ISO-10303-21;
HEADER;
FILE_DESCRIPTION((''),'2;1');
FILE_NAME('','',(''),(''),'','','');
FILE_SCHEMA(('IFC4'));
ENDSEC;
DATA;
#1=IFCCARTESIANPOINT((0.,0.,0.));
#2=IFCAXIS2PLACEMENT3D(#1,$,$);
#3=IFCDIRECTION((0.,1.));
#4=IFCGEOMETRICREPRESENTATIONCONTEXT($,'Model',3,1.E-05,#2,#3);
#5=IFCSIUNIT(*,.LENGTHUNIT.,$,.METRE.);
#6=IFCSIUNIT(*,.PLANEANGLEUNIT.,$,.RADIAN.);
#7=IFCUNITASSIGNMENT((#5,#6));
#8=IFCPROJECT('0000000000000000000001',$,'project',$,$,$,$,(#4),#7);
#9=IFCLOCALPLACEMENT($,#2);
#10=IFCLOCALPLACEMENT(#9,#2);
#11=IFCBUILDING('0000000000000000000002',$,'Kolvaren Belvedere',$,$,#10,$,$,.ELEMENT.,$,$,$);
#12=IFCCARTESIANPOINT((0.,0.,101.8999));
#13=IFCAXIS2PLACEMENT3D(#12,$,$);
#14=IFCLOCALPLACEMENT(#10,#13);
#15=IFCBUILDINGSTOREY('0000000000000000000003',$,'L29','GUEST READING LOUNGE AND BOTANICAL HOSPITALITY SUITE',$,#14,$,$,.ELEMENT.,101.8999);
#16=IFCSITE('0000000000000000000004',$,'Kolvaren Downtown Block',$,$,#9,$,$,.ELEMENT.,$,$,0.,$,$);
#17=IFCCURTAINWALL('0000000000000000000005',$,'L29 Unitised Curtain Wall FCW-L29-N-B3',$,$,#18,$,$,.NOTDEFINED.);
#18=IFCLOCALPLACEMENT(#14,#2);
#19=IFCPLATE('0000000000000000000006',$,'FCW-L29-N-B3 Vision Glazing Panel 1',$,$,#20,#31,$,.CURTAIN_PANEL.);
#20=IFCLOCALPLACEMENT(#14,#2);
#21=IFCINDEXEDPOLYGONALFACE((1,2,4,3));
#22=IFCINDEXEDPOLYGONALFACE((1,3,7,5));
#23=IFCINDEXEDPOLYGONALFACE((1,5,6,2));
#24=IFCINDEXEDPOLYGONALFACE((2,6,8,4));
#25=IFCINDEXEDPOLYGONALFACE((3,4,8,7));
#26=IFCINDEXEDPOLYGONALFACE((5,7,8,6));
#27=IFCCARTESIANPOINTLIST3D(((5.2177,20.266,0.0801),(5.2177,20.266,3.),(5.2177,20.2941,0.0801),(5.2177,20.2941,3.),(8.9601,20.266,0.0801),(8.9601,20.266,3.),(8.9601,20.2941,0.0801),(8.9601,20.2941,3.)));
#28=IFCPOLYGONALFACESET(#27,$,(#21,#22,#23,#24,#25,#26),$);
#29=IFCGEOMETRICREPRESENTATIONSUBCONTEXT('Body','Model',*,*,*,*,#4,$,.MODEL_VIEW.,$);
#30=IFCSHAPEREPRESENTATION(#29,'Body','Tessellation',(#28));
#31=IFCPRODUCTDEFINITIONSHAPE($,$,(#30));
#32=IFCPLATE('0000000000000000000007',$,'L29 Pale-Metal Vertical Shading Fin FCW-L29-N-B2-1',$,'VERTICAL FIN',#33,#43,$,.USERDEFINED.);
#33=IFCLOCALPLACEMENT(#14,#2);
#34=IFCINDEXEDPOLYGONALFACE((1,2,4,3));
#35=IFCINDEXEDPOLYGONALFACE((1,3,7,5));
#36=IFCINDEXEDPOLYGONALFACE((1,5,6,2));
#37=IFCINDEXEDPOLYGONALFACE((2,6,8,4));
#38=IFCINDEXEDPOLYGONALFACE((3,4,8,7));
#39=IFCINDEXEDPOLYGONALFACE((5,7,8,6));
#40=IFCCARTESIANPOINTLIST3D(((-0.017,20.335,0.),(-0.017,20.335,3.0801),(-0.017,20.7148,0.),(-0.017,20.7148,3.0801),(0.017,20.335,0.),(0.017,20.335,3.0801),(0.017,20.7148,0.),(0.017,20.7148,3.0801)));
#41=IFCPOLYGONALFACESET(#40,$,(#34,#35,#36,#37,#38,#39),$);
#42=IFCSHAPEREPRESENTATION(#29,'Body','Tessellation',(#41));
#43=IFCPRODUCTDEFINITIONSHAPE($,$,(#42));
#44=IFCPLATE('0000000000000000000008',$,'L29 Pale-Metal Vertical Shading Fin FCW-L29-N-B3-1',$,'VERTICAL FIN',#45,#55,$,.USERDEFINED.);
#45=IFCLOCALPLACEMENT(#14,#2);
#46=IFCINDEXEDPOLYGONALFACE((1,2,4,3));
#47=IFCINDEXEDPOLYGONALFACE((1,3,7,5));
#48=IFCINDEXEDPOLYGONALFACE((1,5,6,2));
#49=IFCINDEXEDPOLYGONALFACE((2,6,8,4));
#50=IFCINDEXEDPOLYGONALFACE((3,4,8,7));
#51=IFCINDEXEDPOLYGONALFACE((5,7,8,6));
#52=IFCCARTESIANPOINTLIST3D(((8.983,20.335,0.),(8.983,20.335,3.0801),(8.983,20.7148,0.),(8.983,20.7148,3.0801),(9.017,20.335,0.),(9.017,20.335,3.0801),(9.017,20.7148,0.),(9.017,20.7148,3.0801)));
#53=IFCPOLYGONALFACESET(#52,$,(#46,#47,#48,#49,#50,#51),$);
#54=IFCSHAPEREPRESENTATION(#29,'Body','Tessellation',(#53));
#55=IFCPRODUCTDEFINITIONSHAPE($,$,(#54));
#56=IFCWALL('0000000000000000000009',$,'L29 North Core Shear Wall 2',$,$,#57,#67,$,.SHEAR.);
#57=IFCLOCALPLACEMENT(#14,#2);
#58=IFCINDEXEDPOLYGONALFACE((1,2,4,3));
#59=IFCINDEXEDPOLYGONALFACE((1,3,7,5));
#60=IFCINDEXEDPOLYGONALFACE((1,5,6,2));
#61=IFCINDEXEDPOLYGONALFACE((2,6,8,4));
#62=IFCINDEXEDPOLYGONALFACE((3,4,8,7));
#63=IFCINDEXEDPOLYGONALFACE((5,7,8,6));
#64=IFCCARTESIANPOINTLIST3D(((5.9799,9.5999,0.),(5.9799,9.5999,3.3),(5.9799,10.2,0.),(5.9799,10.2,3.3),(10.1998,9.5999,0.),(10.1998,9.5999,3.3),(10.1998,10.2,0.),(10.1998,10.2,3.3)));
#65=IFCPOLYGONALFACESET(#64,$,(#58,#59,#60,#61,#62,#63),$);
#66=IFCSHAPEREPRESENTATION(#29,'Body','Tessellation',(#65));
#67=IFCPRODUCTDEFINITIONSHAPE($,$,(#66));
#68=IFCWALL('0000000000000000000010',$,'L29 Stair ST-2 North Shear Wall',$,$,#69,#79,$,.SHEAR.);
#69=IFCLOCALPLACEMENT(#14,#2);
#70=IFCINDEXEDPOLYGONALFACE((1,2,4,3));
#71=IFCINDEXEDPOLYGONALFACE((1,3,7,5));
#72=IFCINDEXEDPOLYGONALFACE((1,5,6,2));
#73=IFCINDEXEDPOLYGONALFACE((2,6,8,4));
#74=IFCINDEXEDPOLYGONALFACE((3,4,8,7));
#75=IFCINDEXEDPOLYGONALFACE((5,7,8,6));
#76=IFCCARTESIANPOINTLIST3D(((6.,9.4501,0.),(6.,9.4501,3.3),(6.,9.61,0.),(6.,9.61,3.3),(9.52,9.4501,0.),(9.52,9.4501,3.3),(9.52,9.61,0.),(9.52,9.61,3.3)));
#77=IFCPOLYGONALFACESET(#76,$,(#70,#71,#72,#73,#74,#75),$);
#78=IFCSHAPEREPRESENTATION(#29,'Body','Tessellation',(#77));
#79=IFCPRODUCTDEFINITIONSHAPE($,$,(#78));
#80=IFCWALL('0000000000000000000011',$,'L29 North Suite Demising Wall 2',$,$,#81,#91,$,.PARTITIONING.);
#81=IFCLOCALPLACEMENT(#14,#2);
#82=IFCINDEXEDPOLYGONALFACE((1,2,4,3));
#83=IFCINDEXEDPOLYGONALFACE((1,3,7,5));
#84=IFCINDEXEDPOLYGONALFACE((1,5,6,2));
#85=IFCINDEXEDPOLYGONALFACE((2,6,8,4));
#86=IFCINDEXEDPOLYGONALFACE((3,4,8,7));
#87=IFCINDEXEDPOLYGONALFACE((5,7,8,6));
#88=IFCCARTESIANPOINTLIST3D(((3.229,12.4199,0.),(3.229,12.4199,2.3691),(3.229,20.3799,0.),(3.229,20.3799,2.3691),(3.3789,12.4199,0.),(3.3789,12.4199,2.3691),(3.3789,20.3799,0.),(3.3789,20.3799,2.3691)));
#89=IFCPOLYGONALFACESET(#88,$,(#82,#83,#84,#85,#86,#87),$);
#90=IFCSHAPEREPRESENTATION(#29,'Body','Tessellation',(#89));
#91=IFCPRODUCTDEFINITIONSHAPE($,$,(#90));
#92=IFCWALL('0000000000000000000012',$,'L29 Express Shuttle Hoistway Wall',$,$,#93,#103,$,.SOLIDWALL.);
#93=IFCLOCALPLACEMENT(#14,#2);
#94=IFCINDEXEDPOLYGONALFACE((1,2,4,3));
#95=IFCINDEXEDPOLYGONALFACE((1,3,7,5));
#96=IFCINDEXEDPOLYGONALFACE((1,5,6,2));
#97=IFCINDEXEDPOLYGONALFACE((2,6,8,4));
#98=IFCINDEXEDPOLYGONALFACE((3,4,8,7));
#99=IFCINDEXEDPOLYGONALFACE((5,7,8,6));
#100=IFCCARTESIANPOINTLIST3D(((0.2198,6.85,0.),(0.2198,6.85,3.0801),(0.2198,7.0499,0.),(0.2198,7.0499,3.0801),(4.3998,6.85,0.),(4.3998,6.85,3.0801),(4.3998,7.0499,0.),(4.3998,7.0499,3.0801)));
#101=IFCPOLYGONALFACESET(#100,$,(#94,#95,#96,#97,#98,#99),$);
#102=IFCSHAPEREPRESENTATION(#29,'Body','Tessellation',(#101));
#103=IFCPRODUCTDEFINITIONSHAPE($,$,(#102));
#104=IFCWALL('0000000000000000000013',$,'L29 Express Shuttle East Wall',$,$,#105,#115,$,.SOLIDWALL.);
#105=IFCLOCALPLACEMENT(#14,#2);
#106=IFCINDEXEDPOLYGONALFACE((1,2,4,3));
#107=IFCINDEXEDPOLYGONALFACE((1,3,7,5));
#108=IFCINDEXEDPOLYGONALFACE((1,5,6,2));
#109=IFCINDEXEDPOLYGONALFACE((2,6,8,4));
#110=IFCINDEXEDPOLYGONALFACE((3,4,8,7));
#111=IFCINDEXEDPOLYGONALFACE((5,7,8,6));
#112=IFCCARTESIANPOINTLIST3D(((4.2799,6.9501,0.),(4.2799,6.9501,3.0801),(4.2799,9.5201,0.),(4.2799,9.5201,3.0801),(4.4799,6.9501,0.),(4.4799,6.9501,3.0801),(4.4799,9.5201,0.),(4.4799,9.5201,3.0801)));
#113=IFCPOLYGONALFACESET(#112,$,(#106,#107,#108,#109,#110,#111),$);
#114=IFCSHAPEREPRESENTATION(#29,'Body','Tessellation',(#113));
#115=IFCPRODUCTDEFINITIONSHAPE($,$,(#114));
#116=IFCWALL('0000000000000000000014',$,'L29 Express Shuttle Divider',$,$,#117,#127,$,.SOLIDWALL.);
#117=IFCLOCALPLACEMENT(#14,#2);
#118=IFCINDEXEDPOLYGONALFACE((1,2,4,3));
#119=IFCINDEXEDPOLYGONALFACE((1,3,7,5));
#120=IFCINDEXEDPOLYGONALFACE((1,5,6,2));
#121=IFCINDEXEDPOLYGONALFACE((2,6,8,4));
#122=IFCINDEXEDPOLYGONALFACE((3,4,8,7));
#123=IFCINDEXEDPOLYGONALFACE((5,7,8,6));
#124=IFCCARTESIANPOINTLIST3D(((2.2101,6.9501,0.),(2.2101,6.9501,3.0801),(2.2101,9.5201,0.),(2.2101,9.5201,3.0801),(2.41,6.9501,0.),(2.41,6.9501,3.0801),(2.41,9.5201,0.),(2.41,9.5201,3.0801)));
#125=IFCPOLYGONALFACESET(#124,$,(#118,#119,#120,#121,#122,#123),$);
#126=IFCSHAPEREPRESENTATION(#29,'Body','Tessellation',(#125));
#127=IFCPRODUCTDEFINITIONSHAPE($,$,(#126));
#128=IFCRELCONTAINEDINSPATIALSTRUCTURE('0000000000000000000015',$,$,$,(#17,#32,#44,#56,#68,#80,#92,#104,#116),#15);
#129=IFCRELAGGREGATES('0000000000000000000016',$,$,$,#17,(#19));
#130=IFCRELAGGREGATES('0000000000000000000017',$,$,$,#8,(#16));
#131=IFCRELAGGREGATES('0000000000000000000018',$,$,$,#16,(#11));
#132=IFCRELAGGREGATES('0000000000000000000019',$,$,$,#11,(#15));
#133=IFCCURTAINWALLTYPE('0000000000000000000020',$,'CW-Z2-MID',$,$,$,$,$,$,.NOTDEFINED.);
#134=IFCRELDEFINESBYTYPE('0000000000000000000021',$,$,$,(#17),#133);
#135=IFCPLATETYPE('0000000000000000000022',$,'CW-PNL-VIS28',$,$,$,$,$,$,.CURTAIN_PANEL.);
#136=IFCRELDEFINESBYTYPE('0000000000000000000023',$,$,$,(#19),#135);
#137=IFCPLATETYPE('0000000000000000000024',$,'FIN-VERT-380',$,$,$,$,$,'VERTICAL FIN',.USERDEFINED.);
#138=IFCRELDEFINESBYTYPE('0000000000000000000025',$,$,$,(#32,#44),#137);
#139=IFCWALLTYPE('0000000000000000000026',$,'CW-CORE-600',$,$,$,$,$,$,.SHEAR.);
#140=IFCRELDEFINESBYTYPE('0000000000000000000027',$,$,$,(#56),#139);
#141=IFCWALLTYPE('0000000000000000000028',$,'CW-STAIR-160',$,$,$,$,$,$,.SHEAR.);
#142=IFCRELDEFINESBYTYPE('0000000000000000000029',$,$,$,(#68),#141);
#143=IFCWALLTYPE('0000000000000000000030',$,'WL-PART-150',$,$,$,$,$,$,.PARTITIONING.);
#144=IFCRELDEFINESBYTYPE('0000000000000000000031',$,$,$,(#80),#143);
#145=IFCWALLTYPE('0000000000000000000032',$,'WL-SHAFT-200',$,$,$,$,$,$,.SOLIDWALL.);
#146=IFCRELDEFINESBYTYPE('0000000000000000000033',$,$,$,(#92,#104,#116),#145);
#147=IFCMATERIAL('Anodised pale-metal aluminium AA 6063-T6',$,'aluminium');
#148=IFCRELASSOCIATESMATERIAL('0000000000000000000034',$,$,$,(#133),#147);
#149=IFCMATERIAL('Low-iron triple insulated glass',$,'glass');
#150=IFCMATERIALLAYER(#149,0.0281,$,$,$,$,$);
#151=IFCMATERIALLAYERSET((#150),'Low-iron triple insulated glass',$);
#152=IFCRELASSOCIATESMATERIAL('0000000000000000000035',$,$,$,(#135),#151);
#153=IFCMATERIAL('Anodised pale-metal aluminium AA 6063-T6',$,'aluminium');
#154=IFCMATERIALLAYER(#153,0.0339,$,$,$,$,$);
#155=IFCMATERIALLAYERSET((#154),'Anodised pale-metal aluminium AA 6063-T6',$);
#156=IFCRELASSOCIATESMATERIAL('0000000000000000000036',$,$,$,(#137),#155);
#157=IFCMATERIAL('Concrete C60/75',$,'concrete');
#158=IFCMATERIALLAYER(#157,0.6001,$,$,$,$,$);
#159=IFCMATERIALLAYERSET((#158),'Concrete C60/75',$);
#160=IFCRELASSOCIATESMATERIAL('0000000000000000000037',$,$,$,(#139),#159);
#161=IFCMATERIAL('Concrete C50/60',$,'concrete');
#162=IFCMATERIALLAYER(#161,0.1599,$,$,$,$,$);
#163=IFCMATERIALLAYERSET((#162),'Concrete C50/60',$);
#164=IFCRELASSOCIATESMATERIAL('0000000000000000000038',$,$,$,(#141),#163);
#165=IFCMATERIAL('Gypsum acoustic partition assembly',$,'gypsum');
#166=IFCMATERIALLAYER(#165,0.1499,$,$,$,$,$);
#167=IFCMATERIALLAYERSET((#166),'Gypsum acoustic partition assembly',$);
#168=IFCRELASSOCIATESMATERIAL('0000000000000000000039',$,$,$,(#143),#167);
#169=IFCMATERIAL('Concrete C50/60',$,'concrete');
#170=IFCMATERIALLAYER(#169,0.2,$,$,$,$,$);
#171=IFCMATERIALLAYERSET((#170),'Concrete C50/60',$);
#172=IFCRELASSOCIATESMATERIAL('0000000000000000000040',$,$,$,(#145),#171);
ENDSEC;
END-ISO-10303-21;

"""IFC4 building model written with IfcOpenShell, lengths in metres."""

from ifc_helpers import new_model, si_unit, direction, frame, frame_2d, origin, origin_2d, place, context, subcontext, project, spatial, rectangle, extrude, material, layer, layer_set, type_object, element, aggregate, save


model = new_model("IFC4")

# Units and contexts
model_context = context("Model", 3, precision=1e-05, world=origin(), true_north=direction((0.0, 1.0)))
body_context = subcontext(model_context, "Body", "Model", "MODEL_VIEW")
ifc_project = project(units=[si_unit("LENGTHUNIT", "METRE"), si_unit("PLANEANGLEUNIT", "RADIAN")], contexts=[model_context])

# Site, building, storey
site_placement = place(None, origin())
site = spatial("IfcSite", under=ifc_project, at=site_placement, Name="Kolvaren Downtown Block", CompositionType="ELEMENT", RefElevation=0.0)
building_placement = place(site_placement, origin())
building = spatial("IfcBuilding", under=site, at=building_placement, Name="Kolvaren Belvedere", CompositionType="ELEMENT")
storey_placement = place(building_placement, frame((0.0, 0.0, 101.8999)))
storey = spatial("IfcBuildingStorey", under=building, at=storey_placement, Name="L29", Description="GUEST READING LOUNGE AND BOTANICAL HOSPITALITY SUITE", CompositionType="ELEMENT", Elevation=101.8999)

# Curtain wall
ifc_material_1 = material(Name="Anodised pale-metal aluminium AA 6063-T6", Category="aluminium")
curtain_wall_type = type_object("IfcCurtainWallType", Name="CW-Z2-MID", PredefinedType="NOTDEFINED", material=ifc_material_1)
curtain_wall_1_placement = place(storey_placement, origin())
curtain_wall_1 = element("IfcCurtainWall", 1, at=curtain_wall_1_placement, inside=storey, type_object=curtain_wall_type, Name="L29 Unitised Curtain Wall FCW-L29-N-B3", PredefinedType="NOTDEFINED")

# Plate
ifc_material_2 = material(Name="Low-iron triple insulated glass", Category="glass")
ifc_layer_1 = layer(ifc_material_2, 0.0281)
ifc_layer_set_1 = layer_set([ifc_layer_1], Name="Low-iron triple insulated glass")
plate_type_1 = type_object("IfcPlateType", Name="CW-PNL-VIS28", PredefinedType="CURTAIN_PANEL", material=ifc_layer_set_1)
plate_1_placement = place(storey_placement, frame((7.0889, 20.28, 0.0801), z_axis=(0.0, 0.0, 1.0), x_axis=(1.0, 0.0, 0.0)))
plate_1 = element("IfcPlate", 2, at=plate_1_placement, type_object=plate_type_1, Name="FCW-L29-N-B3 Vision Glazing Panel 1", PredefinedType="CURTAIN_PANEL", context=body_context, shape_type="SweptSolid", body=[
    extrude(rectangle(XDim=3.7424, YDim=0.0281, at=origin_2d()), origin(), (0.0, 0.0, 1.0), 2.9199),
])
aggregate(curtain_wall_1, [plate_1])

# Plates
ifc_material_3 = material(Name="Anodised pale-metal aluminium AA 6063-T6", Category="aluminium")
ifc_layer_2 = layer(ifc_material_3, 0.0339)
ifc_layer_set_2 = layer_set([ifc_layer_2], Name="Anodised pale-metal aluminium AA 6063-T6")
plate_type_2 = type_object("IfcPlateType", Name="FIN-VERT-380", ElementType="VERTICAL FIN", PredefinedType="USERDEFINED", material=ifc_layer_set_2)
for number, where, z_axis, x_axis, name in (
    (3, (0.0, 20.5249, 0.0), (0.0, 0.0, 1.0), (0.0, 1.0, 0.0), "L29 Pale-Metal Vertical Shading Fin FCW-L29-N-B2-1"),
    (4, (9.0, 20.5249, 0.0), (0.0, 0.0, 1.0), (0.0, 1.0, 0.0), "L29 Pale-Metal Vertical Shading Fin FCW-L29-N-B3-1"),
):
    element("IfcPlate", number, at=place(storey_placement, frame(where, z_axis=z_axis, x_axis=x_axis)), inside=storey, type_object=plate_type_2, Name=name, ObjectType="VERTICAL FIN", PredefinedType="USERDEFINED", context=body_context, shape_type="SweptSolid", body=[
        extrude(rectangle(XDim=0.3799, YDim=0.0339, at=origin_2d()), origin(), (0.0, 0.0, 1.0), 3.0801),
    ])

# Walls
ifc_material_4 = material(Name="Concrete C60/75", Category="concrete")
ifc_layer_3 = layer(ifc_material_4, 0.6001)
ifc_layer_set_3 = layer_set([ifc_layer_3], Name="Concrete C60/75")
wall_type_1 = type_object("IfcWallType", Name="CW-CORE-600", PredefinedType="SHEAR", material=ifc_layer_set_3)
wall_1_placement = place(storey_placement, frame((5.98, 9.8999, 0.0), z_axis=(0.0, 0.0, 1.0), x_axis=(1.0, 0.0, 0.0)))
element("IfcWall", 5, at=wall_1_placement, inside=storey, type_object=wall_type_1, Name="L29 North Core Shear Wall 2", PredefinedType="SHEAR", context=body_context, shape_type="SweptSolid", body=[
    extrude(rectangle(XDim=4.22, YDim=0.6001, at=frame_2d((2.1099, 0.0))), origin(), (0.0, 0.0, 1.0), 3.3),
])
ifc_material_5 = material(Name="Concrete C50/60", Category="concrete")
ifc_layer_4 = layer(ifc_material_5, 0.1599)
ifc_layer_set_4 = layer_set([ifc_layer_4], Name="Concrete C50/60")
wall_type_2 = type_object("IfcWallType", Name="CW-STAIR-160", PredefinedType="SHEAR", material=ifc_layer_set_4)
wall_2_placement = place(storey_placement, frame((6.0, 9.53, 0.0), z_axis=(0.0, 0.0, 1.0), x_axis=(1.0, 0.0, 0.0)))
element("IfcWall", 6, at=wall_2_placement, inside=storey, type_object=wall_type_2, Name="L29 Stair ST-2 North Shear Wall", PredefinedType="SHEAR", context=body_context, shape_type="SweptSolid", body=[
    extrude(rectangle(XDim=3.52, YDim=0.1599, at=frame_2d((1.76, 0.0))), origin(), (0.0, 0.0, 1.0), 3.3),
])
ifc_material_6 = material(Name="Gypsum acoustic partition assembly", Category="gypsum")
ifc_layer_5 = layer(ifc_material_6, 0.1499)
ifc_layer_set_5 = layer_set([ifc_layer_5], Name="Gypsum acoustic partition assembly")
wall_type_3 = type_object("IfcWallType", Name="WL-PART-150", PredefinedType="PARTITIONING", material=ifc_layer_set_5)
wall_3_placement = place(storey_placement, frame((3.304, 12.4199, 0.0), z_axis=(0.0, 0.0, 1.0), x_axis=(0.0, 1.0, 0.0)))
element("IfcWall", 7, at=wall_3_placement, inside=storey, type_object=wall_type_3, Name="L29 North Suite Demising Wall 2", PredefinedType="PARTITIONING", context=body_context, shape_type="SweptSolid", body=[
    extrude(rectangle(XDim=7.96, YDim=0.1499, at=frame_2d((3.98, 0.0))), origin(), (0.0, 0.0, 1.0), 2.3691),
])
ifc_material_7 = material(Name="Concrete C50/60", Category="concrete")
ifc_layer_6 = layer(ifc_material_7, 0.2)
ifc_layer_set_6 = layer_set([ifc_layer_6], Name="Concrete C50/60")
wall_type_4 = type_object("IfcWallType", Name="WL-SHAFT-200", PredefinedType="SOLIDWALL", material=ifc_layer_set_6)
wall_4_placement = place(storey_placement, frame((0.22, 6.95, 0.0), z_axis=(0.0, 0.0, 1.0), x_axis=(1.0, 0.0, 0.0)))
element("IfcWall", 8, at=wall_4_placement, inside=storey, type_object=wall_type_4, Name="L29 Express Shuttle Hoistway Wall", PredefinedType="SOLIDWALL", context=body_context, shape_type="SweptSolid", body=[
    extrude(rectangle(XDim=4.1799, YDim=0.2, at=frame_2d((2.0898, 0.0))), origin(), (0.0, 0.0, 1.0), 3.0801),
])
for number, where, z_axis, x_axis, name in (
    (9, (4.3799, 6.95, 0.0), (0.0, 0.0, 1.0), (0.0, 1.0, 0.0), "L29 Express Shuttle East Wall"),
    (10, (2.3101, 6.95, 0.0), (0.0, 0.0, 1.0), (0.0, 1.0, 0.0), "L29 Express Shuttle Divider"),
):
    element("IfcWall", number, at=place(storey_placement, frame(where, z_axis=z_axis, x_axis=x_axis)), inside=storey, type_object=wall_type_4, Name=name, PredefinedType="SOLIDWALL", context=body_context, shape_type="SweptSolid", body=[
        extrude(rectangle(XDim=2.5701, YDim=0.2, at=frame_2d((1.2852, 0.0))), origin(), (0.0, 0.0, 1.0), 3.0801),
    ])

save(model, "model.ifc")
